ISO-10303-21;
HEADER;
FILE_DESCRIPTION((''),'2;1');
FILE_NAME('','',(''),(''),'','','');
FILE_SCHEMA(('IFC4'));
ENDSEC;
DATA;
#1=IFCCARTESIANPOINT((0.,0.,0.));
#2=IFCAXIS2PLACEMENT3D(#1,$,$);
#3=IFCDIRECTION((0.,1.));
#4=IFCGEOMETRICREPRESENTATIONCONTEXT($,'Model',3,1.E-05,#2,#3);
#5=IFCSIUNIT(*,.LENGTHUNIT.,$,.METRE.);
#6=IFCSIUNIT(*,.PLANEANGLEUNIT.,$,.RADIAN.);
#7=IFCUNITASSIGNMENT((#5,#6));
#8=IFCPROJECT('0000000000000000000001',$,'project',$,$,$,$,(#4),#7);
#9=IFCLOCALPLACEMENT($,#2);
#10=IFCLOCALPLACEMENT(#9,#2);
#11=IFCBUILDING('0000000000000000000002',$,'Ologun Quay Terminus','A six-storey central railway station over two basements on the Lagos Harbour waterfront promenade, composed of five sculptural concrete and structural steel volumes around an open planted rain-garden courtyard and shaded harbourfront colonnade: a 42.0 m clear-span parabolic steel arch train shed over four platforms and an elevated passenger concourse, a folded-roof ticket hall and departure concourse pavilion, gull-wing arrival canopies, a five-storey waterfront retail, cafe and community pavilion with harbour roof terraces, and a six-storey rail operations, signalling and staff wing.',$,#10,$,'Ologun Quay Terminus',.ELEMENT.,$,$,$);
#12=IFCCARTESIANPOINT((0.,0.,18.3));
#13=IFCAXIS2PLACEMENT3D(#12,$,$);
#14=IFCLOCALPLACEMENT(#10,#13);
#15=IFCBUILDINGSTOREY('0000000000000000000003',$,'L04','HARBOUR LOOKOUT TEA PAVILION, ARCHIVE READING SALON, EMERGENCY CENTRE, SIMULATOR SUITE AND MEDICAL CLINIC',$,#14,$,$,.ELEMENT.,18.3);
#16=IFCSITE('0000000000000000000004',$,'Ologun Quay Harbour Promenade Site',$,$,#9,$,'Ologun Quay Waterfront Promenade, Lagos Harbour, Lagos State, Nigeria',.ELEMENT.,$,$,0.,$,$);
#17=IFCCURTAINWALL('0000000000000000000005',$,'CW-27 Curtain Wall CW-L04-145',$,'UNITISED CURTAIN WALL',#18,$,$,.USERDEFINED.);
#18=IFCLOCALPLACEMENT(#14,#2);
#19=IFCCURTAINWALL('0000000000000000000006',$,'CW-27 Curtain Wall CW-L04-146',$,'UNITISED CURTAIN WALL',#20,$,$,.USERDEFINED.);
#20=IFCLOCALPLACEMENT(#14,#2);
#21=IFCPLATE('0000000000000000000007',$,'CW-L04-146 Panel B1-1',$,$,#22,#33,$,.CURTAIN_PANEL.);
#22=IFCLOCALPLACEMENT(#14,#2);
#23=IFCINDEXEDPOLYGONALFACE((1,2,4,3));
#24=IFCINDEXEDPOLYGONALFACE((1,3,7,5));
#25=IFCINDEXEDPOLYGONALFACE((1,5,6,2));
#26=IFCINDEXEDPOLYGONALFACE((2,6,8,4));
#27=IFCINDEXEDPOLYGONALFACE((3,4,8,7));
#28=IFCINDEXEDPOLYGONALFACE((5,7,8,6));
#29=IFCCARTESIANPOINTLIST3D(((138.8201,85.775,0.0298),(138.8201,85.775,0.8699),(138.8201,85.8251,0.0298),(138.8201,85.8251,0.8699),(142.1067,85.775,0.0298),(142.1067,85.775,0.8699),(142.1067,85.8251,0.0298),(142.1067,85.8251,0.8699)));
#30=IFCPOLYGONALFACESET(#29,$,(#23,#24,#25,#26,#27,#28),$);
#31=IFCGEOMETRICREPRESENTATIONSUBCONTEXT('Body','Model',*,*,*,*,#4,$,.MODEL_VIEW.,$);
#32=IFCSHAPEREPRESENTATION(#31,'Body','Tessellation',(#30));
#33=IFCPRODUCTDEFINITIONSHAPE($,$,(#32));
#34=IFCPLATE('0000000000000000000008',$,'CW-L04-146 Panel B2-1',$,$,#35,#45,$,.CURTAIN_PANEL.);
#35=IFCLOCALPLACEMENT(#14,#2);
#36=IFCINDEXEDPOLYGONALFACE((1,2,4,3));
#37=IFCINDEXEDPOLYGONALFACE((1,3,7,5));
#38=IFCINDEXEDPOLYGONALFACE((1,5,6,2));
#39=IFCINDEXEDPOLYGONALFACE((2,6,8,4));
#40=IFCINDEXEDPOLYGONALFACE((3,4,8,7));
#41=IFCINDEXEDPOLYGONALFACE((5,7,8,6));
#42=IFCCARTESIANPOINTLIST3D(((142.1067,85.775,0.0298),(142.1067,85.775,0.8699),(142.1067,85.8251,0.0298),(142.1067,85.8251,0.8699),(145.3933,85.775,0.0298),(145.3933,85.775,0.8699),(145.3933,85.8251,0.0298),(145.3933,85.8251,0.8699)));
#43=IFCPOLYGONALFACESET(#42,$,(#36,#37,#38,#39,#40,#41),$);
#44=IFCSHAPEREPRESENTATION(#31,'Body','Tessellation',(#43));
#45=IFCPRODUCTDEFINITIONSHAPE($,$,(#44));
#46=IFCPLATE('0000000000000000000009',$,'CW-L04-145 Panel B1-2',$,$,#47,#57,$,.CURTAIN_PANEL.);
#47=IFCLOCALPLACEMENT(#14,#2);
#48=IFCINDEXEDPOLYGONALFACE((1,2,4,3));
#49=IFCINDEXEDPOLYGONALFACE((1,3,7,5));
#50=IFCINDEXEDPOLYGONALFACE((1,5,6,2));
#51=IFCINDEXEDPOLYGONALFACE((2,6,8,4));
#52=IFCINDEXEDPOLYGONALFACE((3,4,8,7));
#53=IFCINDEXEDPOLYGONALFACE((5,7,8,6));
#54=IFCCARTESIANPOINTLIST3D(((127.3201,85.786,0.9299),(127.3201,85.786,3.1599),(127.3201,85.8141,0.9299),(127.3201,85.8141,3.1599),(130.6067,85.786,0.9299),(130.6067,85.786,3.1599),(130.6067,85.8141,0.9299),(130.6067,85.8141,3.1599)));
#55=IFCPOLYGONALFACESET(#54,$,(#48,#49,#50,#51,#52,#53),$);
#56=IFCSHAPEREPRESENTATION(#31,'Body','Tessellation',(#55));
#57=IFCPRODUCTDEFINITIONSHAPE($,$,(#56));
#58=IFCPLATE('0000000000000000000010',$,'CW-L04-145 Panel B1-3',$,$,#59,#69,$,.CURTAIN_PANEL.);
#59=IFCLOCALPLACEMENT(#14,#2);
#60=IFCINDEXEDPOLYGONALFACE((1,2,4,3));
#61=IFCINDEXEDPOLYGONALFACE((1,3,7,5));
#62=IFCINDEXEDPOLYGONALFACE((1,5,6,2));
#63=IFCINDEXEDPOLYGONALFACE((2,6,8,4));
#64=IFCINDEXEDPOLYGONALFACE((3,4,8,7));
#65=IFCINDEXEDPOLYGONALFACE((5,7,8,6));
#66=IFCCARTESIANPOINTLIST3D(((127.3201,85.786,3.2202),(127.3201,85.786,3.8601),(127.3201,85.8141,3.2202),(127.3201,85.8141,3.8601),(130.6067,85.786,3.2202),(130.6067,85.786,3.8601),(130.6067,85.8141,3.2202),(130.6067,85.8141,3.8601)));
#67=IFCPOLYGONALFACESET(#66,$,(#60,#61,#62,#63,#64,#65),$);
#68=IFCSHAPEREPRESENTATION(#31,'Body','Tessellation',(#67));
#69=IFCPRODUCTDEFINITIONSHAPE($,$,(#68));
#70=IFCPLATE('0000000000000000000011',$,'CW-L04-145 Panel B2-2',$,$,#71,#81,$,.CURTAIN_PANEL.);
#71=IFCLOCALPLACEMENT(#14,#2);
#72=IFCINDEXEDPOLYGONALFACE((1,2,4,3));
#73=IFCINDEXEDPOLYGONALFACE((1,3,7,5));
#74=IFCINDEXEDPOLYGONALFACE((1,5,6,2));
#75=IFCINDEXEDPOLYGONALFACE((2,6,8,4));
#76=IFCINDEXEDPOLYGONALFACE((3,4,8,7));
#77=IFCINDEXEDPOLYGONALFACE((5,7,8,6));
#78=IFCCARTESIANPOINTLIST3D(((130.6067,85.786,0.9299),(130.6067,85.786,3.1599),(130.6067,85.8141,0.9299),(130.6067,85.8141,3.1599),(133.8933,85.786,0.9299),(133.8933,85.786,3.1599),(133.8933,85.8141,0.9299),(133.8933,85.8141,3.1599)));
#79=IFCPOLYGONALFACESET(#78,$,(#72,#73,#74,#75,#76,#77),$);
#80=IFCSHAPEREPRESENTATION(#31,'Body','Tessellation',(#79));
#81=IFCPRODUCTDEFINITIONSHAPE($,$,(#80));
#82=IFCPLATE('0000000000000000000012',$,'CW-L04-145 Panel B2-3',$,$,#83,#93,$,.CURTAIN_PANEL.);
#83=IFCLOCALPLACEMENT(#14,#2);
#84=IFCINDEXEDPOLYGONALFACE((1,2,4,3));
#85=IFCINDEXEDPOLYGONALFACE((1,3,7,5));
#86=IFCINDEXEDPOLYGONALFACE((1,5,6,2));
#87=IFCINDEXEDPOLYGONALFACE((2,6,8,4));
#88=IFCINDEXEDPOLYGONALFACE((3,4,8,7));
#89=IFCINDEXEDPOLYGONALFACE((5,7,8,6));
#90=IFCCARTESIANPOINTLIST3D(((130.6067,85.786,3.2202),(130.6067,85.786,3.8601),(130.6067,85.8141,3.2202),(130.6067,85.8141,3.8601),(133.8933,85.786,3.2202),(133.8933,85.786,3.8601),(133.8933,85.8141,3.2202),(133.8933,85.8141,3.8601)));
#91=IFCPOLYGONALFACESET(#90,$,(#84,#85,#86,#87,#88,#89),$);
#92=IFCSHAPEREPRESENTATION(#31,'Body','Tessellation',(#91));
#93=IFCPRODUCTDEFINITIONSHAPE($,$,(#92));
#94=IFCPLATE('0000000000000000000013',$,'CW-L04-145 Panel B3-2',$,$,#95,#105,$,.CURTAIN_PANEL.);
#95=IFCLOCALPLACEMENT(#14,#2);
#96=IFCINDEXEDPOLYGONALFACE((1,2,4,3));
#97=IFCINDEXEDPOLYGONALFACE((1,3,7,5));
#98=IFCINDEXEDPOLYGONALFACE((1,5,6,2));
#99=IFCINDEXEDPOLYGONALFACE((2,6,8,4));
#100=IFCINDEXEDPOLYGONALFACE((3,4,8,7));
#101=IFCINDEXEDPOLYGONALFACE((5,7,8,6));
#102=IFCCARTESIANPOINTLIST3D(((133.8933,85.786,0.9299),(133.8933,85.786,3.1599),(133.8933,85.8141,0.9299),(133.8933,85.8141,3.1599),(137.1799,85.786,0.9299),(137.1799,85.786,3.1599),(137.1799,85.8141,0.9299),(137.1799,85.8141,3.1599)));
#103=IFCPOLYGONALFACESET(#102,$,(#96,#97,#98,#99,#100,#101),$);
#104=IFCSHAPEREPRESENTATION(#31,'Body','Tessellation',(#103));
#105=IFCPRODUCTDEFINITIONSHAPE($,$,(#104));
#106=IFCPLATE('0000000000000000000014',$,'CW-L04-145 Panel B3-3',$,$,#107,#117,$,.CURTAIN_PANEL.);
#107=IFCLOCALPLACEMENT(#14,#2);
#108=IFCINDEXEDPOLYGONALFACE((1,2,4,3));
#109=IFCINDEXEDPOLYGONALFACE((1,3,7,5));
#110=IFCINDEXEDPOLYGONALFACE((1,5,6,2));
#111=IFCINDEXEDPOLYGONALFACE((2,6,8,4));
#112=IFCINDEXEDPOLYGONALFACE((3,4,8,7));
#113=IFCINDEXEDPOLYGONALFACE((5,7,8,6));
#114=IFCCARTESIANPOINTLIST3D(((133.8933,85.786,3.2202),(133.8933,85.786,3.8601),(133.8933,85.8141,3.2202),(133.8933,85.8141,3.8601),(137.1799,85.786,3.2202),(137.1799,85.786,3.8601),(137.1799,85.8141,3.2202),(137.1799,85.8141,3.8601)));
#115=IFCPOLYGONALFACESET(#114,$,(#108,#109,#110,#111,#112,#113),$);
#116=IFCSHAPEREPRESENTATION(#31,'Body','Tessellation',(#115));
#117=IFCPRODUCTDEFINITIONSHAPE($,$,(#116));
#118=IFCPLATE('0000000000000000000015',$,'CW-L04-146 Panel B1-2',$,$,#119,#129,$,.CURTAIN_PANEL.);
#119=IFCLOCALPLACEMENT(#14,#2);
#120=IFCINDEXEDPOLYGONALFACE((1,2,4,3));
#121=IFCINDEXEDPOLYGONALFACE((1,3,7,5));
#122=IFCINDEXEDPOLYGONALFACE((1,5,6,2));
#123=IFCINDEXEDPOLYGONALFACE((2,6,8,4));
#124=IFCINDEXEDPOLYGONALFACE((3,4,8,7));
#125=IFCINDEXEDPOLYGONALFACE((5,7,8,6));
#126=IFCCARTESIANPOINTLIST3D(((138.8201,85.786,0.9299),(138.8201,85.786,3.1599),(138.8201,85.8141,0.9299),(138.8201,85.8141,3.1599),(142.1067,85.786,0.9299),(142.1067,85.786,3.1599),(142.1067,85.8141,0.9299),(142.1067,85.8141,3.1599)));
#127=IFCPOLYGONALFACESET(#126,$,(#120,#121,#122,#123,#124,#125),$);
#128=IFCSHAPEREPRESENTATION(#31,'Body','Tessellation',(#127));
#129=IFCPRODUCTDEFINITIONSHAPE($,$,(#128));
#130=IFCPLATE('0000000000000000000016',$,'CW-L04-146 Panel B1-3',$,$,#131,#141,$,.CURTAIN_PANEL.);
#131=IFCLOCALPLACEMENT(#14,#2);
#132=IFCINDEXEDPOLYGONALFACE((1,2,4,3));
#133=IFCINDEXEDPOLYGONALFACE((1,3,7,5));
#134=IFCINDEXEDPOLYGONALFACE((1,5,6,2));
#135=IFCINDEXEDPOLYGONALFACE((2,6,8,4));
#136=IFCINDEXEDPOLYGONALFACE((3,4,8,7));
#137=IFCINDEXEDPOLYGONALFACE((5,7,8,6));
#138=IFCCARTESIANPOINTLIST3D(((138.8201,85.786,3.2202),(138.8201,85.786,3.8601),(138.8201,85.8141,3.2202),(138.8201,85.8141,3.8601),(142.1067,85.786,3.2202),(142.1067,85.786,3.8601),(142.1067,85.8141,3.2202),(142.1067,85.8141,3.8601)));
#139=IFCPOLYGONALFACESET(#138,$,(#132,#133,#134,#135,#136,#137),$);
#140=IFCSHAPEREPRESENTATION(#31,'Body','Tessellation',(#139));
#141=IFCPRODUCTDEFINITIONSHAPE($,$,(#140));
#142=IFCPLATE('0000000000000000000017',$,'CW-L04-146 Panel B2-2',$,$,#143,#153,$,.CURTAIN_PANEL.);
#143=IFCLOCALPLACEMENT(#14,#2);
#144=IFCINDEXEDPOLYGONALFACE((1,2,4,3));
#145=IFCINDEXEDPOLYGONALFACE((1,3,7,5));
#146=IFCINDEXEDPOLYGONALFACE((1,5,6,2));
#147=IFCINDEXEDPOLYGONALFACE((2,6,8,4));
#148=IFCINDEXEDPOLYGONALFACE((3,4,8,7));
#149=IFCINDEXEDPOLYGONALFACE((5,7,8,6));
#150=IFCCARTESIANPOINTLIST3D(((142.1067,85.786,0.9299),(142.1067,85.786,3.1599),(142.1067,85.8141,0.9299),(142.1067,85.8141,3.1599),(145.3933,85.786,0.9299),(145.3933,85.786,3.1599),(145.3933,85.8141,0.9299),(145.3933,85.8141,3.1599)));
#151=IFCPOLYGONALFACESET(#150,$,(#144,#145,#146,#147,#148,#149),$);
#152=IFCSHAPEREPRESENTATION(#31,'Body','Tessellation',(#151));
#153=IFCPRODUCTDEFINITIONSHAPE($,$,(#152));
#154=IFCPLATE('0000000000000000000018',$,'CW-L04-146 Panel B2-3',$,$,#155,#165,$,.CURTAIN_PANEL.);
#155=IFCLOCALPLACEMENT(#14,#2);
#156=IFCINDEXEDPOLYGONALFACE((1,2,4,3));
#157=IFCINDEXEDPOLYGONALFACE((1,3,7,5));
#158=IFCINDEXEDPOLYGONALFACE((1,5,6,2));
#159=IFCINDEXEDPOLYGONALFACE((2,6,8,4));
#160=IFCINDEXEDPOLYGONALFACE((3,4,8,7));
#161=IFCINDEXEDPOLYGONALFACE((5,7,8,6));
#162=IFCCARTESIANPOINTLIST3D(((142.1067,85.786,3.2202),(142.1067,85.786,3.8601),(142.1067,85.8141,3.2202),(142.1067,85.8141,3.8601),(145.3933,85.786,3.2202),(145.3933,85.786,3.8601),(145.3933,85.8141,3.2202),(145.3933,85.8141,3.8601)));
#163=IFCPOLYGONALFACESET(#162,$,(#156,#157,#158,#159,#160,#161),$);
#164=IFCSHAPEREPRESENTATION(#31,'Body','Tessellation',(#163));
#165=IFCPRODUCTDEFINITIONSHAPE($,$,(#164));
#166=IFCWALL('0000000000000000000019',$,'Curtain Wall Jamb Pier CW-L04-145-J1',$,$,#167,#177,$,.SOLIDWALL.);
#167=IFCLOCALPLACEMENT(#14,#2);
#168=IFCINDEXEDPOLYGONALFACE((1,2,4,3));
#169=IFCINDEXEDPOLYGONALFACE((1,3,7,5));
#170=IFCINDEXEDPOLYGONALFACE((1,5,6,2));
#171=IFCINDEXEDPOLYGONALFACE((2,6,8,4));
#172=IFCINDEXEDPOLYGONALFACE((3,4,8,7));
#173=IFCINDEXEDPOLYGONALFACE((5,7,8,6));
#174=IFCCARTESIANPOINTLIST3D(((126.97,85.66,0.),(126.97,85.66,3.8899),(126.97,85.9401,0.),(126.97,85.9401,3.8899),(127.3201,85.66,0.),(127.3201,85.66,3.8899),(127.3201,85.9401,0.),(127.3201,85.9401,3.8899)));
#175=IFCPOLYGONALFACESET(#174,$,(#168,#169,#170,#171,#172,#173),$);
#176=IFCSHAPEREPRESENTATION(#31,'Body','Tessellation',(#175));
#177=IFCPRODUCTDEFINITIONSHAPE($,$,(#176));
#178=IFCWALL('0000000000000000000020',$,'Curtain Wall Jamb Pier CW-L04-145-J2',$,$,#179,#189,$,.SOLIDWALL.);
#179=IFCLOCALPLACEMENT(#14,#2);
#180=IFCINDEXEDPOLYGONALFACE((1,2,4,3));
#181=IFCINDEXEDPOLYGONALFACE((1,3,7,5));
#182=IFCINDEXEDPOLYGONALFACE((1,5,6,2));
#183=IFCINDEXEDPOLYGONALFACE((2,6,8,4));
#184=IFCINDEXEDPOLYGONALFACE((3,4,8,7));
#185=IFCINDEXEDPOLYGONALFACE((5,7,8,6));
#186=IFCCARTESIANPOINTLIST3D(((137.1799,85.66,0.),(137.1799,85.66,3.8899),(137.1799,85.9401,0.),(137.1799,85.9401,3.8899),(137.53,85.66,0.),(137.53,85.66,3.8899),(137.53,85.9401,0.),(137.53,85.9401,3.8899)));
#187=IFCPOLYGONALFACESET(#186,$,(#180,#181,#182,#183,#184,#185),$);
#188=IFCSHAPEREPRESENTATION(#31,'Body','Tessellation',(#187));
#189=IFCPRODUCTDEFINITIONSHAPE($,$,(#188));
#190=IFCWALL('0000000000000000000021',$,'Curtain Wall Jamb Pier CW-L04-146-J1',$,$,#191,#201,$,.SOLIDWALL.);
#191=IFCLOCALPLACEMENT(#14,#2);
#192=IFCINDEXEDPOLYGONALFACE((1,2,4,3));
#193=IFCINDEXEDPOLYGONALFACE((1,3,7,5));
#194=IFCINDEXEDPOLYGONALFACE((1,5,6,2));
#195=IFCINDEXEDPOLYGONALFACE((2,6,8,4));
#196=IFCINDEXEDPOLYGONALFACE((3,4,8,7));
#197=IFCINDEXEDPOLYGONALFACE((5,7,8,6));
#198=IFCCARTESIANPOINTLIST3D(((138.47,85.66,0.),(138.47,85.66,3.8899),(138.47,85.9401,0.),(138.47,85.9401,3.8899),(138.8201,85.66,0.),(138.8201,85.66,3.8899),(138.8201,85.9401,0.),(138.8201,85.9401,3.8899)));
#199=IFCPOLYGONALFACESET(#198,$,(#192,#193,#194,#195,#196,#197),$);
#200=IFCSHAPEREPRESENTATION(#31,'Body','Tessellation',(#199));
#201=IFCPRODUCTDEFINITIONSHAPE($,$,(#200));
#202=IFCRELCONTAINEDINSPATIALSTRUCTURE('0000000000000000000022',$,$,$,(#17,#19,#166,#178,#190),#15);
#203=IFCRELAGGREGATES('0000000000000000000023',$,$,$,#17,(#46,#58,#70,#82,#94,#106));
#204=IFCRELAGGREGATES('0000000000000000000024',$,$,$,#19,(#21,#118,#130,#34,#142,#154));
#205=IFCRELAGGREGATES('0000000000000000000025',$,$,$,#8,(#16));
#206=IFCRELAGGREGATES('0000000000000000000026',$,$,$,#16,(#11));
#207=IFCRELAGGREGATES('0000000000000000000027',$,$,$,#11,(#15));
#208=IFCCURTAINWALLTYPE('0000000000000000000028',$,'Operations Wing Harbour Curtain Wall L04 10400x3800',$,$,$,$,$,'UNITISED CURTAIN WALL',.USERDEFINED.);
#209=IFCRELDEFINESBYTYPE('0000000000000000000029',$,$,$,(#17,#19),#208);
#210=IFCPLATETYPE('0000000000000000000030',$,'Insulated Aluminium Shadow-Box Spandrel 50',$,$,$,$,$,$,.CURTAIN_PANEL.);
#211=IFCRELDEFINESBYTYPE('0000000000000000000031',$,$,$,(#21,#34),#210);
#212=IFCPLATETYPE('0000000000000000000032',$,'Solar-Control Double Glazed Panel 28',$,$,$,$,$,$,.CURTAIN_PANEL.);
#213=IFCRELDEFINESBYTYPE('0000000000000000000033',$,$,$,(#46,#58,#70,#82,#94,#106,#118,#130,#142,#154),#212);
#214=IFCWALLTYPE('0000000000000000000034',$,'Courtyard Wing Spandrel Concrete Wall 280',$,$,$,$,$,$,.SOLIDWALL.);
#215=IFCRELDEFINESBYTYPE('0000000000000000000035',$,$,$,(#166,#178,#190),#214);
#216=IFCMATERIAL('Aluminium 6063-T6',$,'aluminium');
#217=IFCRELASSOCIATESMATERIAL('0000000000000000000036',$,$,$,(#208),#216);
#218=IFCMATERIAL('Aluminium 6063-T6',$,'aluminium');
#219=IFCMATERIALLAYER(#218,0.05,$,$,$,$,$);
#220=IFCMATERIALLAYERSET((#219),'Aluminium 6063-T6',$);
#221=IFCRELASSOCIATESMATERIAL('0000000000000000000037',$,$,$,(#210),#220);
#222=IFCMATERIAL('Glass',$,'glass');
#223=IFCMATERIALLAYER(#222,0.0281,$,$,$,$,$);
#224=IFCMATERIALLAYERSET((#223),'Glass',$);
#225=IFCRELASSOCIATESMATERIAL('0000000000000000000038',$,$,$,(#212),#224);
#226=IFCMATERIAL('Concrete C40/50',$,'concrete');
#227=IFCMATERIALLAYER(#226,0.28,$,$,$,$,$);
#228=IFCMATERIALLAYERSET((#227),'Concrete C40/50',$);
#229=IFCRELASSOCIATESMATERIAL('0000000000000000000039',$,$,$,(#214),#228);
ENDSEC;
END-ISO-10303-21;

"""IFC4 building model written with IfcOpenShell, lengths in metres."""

from ifc_helpers import new_model, si_unit, direction, frame, frame_2d, origin, origin_2d, place, context, subcontext, project, spatial, rectangle, extrude, material, layer, layer_set, type_object, element, aggregate, save


model = new_model("IFC4")

# Units and contexts
model_context = context("Model", 3, precision=1e-05, world=origin(), true_north=direction((0.0, 1.0)))
body_context = subcontext(model_context, "Body", "Model", "MODEL_VIEW")
ifc_project = project(units=[si_unit("LENGTHUNIT", "METRE"), si_unit("PLANEANGLEUNIT", "RADIAN")], contexts=[model_context])

# Site, building, storey
site_placement = place(None, origin())
site = spatial("IfcSite", under=ifc_project, at=site_placement, Name="Ologun Quay Harbour Promenade Site", LongName="Ologun Quay Waterfront Promenade, Lagos Harbour, Lagos State, Nigeria", CompositionType="ELEMENT", RefElevation=0.0)
building_placement = place(site_placement, origin())
building = spatial("IfcBuilding", under=site, at=building_placement, Name="Ologun Quay Terminus", Description="A six-storey central railway station over two basements on the Lagos Harbour waterfront promenade, composed of five sculptural concrete and structural steel volumes around an open planted rain-garden courtyard and shaded harbourfront colonnade: a 42.0 m clear-span parabolic steel arch train shed over four platforms and an elevated passenger concourse, a folded-roof ticket hall and departure concourse pavilion, gull-wing arrival canopies, a five-storey waterfront retail, cafe and community pavilion with harbour roof terraces, and a six-storey rail operations, signalling and staff wing.", LongName="Ologun Quay Terminus", CompositionType="ELEMENT")
storey_placement = place(building_placement, frame((0.0, 0.0, 18.3)))
storey = spatial("IfcBuildingStorey", under=building, at=storey_placement, Name="L04", Description="HARBOUR LOOKOUT TEA PAVILION, ARCHIVE READING SALON, EMERGENCY CENTRE, SIMULATOR SUITE AND MEDICAL CLINIC", CompositionType="ELEMENT", Elevation=18.3)

# Curtain walls
ifc_material_1 = material(Name="Aluminium 6063-T6", Category="aluminium")
curtain_wall_type = type_object("IfcCurtainWallType", Name="Operations Wing Harbour Curtain Wall L04 10400x3800", ElementType="UNITISED CURTAIN WALL", PredefinedType="USERDEFINED", material=ifc_material_1)
curtain_wall_1_placement = place(storey_placement, origin())
curtain_wall_1 = element("IfcCurtainWall", 1, at=curtain_wall_1_placement, inside=storey, type_object=curtain_wall_type, Name="CW-27 Curtain Wall CW-L04-145", ObjectType="UNITISED CURTAIN WALL", PredefinedType="USERDEFINED")
curtain_wall_2_placement = place(storey_placement, origin())
curtain_wall_2 = element("IfcCurtainWall", 2, at=curtain_wall_2_placement, inside=storey, type_object=curtain_wall_type, Name="CW-27 Curtain Wall CW-L04-146", ObjectType="UNITISED CURTAIN WALL", PredefinedType="USERDEFINED")

# Plates
ifc_material_2 = material(Name="Aluminium 6063-T6", Category="aluminium")
ifc_layer_1 = layer(ifc_material_2, 0.05)
ifc_layer_set_1 = layer_set([ifc_layer_1], Name="Aluminium 6063-T6")
plate_type_1 = type_object("IfcPlateType", Name="Insulated Aluminium Shadow-Box Spandrel 50", PredefinedType="CURTAIN_PANEL", material=ifc_layer_set_1)
plate_1_placement = place(storey_placement, frame((140.4634, 85.8, 0.0298), z_axis=(0.0, 0.0, 1.0), x_axis=(1.0, 0.0, 0.0)))
plate_1 = element("IfcPlate", 3, at=plate_1_placement, type_object=plate_type_1, Name="CW-L04-146 Panel B1-1", PredefinedType="CURTAIN_PANEL", context=body_context, shape_type="SweptSolid", body=[
    extrude(rectangle(XDim=3.2866, YDim=0.05, at=origin_2d()), origin(), (0.0, 0.0, 1.0), 0.8401),
])
plate_2_placement = place(storey_placement, frame((143.75, 85.8, 0.0298), z_axis=(0.0, 0.0, 1.0), x_axis=(1.0, 0.0, 0.0)))
plate_2 = element("IfcPlate", 4, at=plate_2_placement, type_object=plate_type_1, Name="CW-L04-146 Panel B2-1", PredefinedType="CURTAIN_PANEL", context=body_context, shape_type="SweptSolid", body=[
    extrude(rectangle(XDim=3.2866, YDim=0.05, at=origin_2d()), origin(), (0.0, 0.0, 1.0), 0.8401),
])
ifc_material_3 = material(Name="Glass", Category="glass")
ifc_layer_2 = layer(ifc_material_3, 0.0281)
ifc_layer_set_2 = layer_set([ifc_layer_2], Name="Glass")
plate_type_2 = type_object("IfcPlateType", Name="Solar-Control Double Glazed Panel 28", PredefinedType="CURTAIN_PANEL", material=ifc_layer_set_2)
plate_3_placement = place(storey_placement, frame((128.9634, 85.8, 0.9299), z_axis=(0.0, 0.0, 1.0), x_axis=(1.0, 0.0, 0.0)))
plate_3 = element("IfcPlate", 5, at=plate_3_placement, type_object=plate_type_2, Name="CW-L04-145 Panel B1-2", PredefinedType="CURTAIN_PANEL", context=body_context, shape_type="SweptSolid", body=[
    extrude(rectangle(XDim=3.2866, YDim=0.0281, at=origin_2d()), origin(), (0.0, 0.0, 1.0), 2.23),
])
plate_4_placement = place(storey_placement, frame((128.9634, 85.8, 3.2202), z_axis=(0.0, 0.0, 1.0), x_axis=(1.0, 0.0, 0.0)))
plate_4 = element("IfcPlate", 6, at=plate_4_placement, type_object=plate_type_2, Name="CW-L04-145 Panel B1-3", PredefinedType="CURTAIN_PANEL", context=body_context, shape_type="SweptSolid", body=[
    extrude(rectangle(XDim=3.2866, YDim=0.0281, at=origin_2d()), origin(), (0.0, 0.0, 1.0), 0.6399),
])
plate_5_placement = place(storey_placement, frame((132.25, 85.8, 0.9299), z_axis=(0.0, 0.0, 1.0), x_axis=(1.0, 0.0, 0.0)))
plate_5 = element("IfcPlate", 7, at=plate_5_placement, type_object=plate_type_2, Name="CW-L04-145 Panel B2-2", PredefinedType="CURTAIN_PANEL", context=body_context, shape_type="SweptSolid", body=[
    extrude(rectangle(XDim=3.2866, YDim=0.0281, at=origin_2d()), origin(), (0.0, 0.0, 1.0), 2.23),
])
plate_6_placement = place(storey_placement, frame((132.25, 85.8, 3.2202), z_axis=(0.0, 0.0, 1.0), x_axis=(1.0, 0.0, 0.0)))
plate_6 = element("IfcPlate", 8, at=plate_6_placement, type_object=plate_type_2, Name="CW-L04-145 Panel B2-3", PredefinedType="CURTAIN_PANEL", context=body_context, shape_type="SweptSolid", body=[
    extrude(rectangle(XDim=3.2866, YDim=0.0281, at=origin_2d()), origin(), (0.0, 0.0, 1.0), 0.6399),
])
plate_7_placement = place(storey_placement, frame((135.5366, 85.8, 0.9299), z_axis=(0.0, 0.0, 1.0), x_axis=(1.0, 0.0, 0.0)))
plate_7 = element("IfcPlate", 9, at=plate_7_placement, type_object=plate_type_2, Name="CW-L04-145 Panel B3-2", PredefinedType="CURTAIN_PANEL", context=body_context, shape_type="SweptSolid", body=[
    extrude(rectangle(XDim=3.2866, YDim=0.0281, at=origin_2d()), origin(), (0.0, 0.0, 1.0), 2.23),
])
plate_8_placement = place(storey_placement, frame((135.5366, 85.8, 3.2202), z_axis=(0.0, 0.0, 1.0), x_axis=(1.0, 0.0, 0.0)))
plate_8 = element("IfcPlate", 10, at=plate_8_placement, type_object=plate_type_2, Name="CW-L04-145 Panel B3-3", PredefinedType="CURTAIN_PANEL", context=body_context, shape_type="SweptSolid", body=[
    extrude(rectangle(XDim=3.2866, YDim=0.0281, at=origin_2d()), origin(), (0.0, 0.0, 1.0), 0.6399),
])
aggregate(curtain_wall_1, [plate_3, plate_4, plate_5, plate_6, plate_7, plate_8])
plate_9_placement = place(storey_placement, frame((140.4634, 85.8, 0.9299), z_axis=(0.0, 0.0, 1.0), x_axis=(1.0, 0.0, 0.0)))
plate_9 = element("IfcPlate", 11, at=plate_9_placement, type_object=plate_type_2, Name="CW-L04-146 Panel B1-2", PredefinedType="CURTAIN_PANEL", context=body_context, shape_type="SweptSolid", body=[
    extrude(rectangle(XDim=3.2866, YDim=0.0281, at=origin_2d()), origin(), (0.0, 0.0, 1.0), 2.23),
])
plate_10_placement = place(storey_placement, frame((140.4634, 85.8, 3.2202), z_axis=(0.0, 0.0, 1.0), x_axis=(1.0, 0.0, 0.0)))
plate_10 = element("IfcPlate", 12, at=plate_10_placement, type_object=plate_type_2, Name="CW-L04-146 Panel B1-3", PredefinedType="CURTAIN_PANEL", context=body_context, shape_type="SweptSolid", body=[
    extrude(rectangle(XDim=3.2866, YDim=0.0281, at=origin_2d()), origin(), (0.0, 0.0, 1.0), 0.6399),
])
plate_11_placement = place(storey_placement, frame((143.75, 85.8, 0.9299), z_axis=(0.0, 0.0, 1.0), x_axis=(1.0, 0.0, 0.0)))
plate_11 = element("IfcPlate", 13, at=plate_11_placement, type_object=plate_type_2, Name="CW-L04-146 Panel B2-2", PredefinedType="CURTAIN_PANEL", context=body_context, shape_type="SweptSolid", body=[
    extrude(rectangle(XDim=3.2866, YDim=0.0281, at=origin_2d()), origin(), (0.0, 0.0, 1.0), 2.23),
])
plate_12_placement = place(storey_placement, frame((143.75, 85.8, 3.2202), z_axis=(0.0, 0.0, 1.0), x_axis=(1.0, 0.0, 0.0)))
plate_12 = element("IfcPlate", 14, at=plate_12_placement, type_object=plate_type_2, Name="CW-L04-146 Panel B2-3", PredefinedType="CURTAIN_PANEL", context=body_context, shape_type="SweptSolid", body=[
    extrude(rectangle(XDim=3.2866, YDim=0.0281, at=origin_2d()), origin(), (0.0, 0.0, 1.0), 0.6399),
])
aggregate(curtain_wall_2, [plate_1, plate_9, plate_10, plate_2, plate_11, plate_12])

# Walls
ifc_material_4 = material(Name="Concrete C40/50", Category="concrete")
ifc_layer_3 = layer(ifc_material_4, 0.28)
ifc_layer_set_3 = layer_set([ifc_layer_3], Name="Concrete C40/50")
wall_type = type_object("IfcWallType", Name="Courtyard Wing Spandrel Concrete Wall 280", PredefinedType="SOLIDWALL", material=ifc_layer_set_3)
for number, where, z_axis, x_axis, name in (
    (15, (126.97, 85.8, 0.0), (0.0, 0.0, 1.0), (1.0, 0.0, 0.0), "Curtain Wall Jamb Pier CW-L04-145-J1"),
    (16, (137.1799, 85.8, 0.0), (0.0, 0.0, 1.0), (1.0, 0.0, 0.0), "Curtain Wall Jamb Pier CW-L04-145-J2"),
    (17, (138.47, 85.8, 0.0), (0.0, 0.0, 1.0), (1.0, 0.0, 0.0), "Curtain Wall Jamb Pier CW-L04-146-J1"),
):
    element("IfcWall", number, at=place(storey_placement, frame(where, z_axis=z_axis, x_axis=x_axis)), inside=storey, type_object=wall_type, Name=name, PredefinedType="SOLIDWALL", context=body_context, shape_type="SweptSolid", body=[
        extrude(rectangle(XDim=0.3501, YDim=0.28, at=frame_2d((0.175, 0.0))), origin(), (0.0, 0.0, 1.0), 3.8899),
    ])

save(model, "model.ifc")
